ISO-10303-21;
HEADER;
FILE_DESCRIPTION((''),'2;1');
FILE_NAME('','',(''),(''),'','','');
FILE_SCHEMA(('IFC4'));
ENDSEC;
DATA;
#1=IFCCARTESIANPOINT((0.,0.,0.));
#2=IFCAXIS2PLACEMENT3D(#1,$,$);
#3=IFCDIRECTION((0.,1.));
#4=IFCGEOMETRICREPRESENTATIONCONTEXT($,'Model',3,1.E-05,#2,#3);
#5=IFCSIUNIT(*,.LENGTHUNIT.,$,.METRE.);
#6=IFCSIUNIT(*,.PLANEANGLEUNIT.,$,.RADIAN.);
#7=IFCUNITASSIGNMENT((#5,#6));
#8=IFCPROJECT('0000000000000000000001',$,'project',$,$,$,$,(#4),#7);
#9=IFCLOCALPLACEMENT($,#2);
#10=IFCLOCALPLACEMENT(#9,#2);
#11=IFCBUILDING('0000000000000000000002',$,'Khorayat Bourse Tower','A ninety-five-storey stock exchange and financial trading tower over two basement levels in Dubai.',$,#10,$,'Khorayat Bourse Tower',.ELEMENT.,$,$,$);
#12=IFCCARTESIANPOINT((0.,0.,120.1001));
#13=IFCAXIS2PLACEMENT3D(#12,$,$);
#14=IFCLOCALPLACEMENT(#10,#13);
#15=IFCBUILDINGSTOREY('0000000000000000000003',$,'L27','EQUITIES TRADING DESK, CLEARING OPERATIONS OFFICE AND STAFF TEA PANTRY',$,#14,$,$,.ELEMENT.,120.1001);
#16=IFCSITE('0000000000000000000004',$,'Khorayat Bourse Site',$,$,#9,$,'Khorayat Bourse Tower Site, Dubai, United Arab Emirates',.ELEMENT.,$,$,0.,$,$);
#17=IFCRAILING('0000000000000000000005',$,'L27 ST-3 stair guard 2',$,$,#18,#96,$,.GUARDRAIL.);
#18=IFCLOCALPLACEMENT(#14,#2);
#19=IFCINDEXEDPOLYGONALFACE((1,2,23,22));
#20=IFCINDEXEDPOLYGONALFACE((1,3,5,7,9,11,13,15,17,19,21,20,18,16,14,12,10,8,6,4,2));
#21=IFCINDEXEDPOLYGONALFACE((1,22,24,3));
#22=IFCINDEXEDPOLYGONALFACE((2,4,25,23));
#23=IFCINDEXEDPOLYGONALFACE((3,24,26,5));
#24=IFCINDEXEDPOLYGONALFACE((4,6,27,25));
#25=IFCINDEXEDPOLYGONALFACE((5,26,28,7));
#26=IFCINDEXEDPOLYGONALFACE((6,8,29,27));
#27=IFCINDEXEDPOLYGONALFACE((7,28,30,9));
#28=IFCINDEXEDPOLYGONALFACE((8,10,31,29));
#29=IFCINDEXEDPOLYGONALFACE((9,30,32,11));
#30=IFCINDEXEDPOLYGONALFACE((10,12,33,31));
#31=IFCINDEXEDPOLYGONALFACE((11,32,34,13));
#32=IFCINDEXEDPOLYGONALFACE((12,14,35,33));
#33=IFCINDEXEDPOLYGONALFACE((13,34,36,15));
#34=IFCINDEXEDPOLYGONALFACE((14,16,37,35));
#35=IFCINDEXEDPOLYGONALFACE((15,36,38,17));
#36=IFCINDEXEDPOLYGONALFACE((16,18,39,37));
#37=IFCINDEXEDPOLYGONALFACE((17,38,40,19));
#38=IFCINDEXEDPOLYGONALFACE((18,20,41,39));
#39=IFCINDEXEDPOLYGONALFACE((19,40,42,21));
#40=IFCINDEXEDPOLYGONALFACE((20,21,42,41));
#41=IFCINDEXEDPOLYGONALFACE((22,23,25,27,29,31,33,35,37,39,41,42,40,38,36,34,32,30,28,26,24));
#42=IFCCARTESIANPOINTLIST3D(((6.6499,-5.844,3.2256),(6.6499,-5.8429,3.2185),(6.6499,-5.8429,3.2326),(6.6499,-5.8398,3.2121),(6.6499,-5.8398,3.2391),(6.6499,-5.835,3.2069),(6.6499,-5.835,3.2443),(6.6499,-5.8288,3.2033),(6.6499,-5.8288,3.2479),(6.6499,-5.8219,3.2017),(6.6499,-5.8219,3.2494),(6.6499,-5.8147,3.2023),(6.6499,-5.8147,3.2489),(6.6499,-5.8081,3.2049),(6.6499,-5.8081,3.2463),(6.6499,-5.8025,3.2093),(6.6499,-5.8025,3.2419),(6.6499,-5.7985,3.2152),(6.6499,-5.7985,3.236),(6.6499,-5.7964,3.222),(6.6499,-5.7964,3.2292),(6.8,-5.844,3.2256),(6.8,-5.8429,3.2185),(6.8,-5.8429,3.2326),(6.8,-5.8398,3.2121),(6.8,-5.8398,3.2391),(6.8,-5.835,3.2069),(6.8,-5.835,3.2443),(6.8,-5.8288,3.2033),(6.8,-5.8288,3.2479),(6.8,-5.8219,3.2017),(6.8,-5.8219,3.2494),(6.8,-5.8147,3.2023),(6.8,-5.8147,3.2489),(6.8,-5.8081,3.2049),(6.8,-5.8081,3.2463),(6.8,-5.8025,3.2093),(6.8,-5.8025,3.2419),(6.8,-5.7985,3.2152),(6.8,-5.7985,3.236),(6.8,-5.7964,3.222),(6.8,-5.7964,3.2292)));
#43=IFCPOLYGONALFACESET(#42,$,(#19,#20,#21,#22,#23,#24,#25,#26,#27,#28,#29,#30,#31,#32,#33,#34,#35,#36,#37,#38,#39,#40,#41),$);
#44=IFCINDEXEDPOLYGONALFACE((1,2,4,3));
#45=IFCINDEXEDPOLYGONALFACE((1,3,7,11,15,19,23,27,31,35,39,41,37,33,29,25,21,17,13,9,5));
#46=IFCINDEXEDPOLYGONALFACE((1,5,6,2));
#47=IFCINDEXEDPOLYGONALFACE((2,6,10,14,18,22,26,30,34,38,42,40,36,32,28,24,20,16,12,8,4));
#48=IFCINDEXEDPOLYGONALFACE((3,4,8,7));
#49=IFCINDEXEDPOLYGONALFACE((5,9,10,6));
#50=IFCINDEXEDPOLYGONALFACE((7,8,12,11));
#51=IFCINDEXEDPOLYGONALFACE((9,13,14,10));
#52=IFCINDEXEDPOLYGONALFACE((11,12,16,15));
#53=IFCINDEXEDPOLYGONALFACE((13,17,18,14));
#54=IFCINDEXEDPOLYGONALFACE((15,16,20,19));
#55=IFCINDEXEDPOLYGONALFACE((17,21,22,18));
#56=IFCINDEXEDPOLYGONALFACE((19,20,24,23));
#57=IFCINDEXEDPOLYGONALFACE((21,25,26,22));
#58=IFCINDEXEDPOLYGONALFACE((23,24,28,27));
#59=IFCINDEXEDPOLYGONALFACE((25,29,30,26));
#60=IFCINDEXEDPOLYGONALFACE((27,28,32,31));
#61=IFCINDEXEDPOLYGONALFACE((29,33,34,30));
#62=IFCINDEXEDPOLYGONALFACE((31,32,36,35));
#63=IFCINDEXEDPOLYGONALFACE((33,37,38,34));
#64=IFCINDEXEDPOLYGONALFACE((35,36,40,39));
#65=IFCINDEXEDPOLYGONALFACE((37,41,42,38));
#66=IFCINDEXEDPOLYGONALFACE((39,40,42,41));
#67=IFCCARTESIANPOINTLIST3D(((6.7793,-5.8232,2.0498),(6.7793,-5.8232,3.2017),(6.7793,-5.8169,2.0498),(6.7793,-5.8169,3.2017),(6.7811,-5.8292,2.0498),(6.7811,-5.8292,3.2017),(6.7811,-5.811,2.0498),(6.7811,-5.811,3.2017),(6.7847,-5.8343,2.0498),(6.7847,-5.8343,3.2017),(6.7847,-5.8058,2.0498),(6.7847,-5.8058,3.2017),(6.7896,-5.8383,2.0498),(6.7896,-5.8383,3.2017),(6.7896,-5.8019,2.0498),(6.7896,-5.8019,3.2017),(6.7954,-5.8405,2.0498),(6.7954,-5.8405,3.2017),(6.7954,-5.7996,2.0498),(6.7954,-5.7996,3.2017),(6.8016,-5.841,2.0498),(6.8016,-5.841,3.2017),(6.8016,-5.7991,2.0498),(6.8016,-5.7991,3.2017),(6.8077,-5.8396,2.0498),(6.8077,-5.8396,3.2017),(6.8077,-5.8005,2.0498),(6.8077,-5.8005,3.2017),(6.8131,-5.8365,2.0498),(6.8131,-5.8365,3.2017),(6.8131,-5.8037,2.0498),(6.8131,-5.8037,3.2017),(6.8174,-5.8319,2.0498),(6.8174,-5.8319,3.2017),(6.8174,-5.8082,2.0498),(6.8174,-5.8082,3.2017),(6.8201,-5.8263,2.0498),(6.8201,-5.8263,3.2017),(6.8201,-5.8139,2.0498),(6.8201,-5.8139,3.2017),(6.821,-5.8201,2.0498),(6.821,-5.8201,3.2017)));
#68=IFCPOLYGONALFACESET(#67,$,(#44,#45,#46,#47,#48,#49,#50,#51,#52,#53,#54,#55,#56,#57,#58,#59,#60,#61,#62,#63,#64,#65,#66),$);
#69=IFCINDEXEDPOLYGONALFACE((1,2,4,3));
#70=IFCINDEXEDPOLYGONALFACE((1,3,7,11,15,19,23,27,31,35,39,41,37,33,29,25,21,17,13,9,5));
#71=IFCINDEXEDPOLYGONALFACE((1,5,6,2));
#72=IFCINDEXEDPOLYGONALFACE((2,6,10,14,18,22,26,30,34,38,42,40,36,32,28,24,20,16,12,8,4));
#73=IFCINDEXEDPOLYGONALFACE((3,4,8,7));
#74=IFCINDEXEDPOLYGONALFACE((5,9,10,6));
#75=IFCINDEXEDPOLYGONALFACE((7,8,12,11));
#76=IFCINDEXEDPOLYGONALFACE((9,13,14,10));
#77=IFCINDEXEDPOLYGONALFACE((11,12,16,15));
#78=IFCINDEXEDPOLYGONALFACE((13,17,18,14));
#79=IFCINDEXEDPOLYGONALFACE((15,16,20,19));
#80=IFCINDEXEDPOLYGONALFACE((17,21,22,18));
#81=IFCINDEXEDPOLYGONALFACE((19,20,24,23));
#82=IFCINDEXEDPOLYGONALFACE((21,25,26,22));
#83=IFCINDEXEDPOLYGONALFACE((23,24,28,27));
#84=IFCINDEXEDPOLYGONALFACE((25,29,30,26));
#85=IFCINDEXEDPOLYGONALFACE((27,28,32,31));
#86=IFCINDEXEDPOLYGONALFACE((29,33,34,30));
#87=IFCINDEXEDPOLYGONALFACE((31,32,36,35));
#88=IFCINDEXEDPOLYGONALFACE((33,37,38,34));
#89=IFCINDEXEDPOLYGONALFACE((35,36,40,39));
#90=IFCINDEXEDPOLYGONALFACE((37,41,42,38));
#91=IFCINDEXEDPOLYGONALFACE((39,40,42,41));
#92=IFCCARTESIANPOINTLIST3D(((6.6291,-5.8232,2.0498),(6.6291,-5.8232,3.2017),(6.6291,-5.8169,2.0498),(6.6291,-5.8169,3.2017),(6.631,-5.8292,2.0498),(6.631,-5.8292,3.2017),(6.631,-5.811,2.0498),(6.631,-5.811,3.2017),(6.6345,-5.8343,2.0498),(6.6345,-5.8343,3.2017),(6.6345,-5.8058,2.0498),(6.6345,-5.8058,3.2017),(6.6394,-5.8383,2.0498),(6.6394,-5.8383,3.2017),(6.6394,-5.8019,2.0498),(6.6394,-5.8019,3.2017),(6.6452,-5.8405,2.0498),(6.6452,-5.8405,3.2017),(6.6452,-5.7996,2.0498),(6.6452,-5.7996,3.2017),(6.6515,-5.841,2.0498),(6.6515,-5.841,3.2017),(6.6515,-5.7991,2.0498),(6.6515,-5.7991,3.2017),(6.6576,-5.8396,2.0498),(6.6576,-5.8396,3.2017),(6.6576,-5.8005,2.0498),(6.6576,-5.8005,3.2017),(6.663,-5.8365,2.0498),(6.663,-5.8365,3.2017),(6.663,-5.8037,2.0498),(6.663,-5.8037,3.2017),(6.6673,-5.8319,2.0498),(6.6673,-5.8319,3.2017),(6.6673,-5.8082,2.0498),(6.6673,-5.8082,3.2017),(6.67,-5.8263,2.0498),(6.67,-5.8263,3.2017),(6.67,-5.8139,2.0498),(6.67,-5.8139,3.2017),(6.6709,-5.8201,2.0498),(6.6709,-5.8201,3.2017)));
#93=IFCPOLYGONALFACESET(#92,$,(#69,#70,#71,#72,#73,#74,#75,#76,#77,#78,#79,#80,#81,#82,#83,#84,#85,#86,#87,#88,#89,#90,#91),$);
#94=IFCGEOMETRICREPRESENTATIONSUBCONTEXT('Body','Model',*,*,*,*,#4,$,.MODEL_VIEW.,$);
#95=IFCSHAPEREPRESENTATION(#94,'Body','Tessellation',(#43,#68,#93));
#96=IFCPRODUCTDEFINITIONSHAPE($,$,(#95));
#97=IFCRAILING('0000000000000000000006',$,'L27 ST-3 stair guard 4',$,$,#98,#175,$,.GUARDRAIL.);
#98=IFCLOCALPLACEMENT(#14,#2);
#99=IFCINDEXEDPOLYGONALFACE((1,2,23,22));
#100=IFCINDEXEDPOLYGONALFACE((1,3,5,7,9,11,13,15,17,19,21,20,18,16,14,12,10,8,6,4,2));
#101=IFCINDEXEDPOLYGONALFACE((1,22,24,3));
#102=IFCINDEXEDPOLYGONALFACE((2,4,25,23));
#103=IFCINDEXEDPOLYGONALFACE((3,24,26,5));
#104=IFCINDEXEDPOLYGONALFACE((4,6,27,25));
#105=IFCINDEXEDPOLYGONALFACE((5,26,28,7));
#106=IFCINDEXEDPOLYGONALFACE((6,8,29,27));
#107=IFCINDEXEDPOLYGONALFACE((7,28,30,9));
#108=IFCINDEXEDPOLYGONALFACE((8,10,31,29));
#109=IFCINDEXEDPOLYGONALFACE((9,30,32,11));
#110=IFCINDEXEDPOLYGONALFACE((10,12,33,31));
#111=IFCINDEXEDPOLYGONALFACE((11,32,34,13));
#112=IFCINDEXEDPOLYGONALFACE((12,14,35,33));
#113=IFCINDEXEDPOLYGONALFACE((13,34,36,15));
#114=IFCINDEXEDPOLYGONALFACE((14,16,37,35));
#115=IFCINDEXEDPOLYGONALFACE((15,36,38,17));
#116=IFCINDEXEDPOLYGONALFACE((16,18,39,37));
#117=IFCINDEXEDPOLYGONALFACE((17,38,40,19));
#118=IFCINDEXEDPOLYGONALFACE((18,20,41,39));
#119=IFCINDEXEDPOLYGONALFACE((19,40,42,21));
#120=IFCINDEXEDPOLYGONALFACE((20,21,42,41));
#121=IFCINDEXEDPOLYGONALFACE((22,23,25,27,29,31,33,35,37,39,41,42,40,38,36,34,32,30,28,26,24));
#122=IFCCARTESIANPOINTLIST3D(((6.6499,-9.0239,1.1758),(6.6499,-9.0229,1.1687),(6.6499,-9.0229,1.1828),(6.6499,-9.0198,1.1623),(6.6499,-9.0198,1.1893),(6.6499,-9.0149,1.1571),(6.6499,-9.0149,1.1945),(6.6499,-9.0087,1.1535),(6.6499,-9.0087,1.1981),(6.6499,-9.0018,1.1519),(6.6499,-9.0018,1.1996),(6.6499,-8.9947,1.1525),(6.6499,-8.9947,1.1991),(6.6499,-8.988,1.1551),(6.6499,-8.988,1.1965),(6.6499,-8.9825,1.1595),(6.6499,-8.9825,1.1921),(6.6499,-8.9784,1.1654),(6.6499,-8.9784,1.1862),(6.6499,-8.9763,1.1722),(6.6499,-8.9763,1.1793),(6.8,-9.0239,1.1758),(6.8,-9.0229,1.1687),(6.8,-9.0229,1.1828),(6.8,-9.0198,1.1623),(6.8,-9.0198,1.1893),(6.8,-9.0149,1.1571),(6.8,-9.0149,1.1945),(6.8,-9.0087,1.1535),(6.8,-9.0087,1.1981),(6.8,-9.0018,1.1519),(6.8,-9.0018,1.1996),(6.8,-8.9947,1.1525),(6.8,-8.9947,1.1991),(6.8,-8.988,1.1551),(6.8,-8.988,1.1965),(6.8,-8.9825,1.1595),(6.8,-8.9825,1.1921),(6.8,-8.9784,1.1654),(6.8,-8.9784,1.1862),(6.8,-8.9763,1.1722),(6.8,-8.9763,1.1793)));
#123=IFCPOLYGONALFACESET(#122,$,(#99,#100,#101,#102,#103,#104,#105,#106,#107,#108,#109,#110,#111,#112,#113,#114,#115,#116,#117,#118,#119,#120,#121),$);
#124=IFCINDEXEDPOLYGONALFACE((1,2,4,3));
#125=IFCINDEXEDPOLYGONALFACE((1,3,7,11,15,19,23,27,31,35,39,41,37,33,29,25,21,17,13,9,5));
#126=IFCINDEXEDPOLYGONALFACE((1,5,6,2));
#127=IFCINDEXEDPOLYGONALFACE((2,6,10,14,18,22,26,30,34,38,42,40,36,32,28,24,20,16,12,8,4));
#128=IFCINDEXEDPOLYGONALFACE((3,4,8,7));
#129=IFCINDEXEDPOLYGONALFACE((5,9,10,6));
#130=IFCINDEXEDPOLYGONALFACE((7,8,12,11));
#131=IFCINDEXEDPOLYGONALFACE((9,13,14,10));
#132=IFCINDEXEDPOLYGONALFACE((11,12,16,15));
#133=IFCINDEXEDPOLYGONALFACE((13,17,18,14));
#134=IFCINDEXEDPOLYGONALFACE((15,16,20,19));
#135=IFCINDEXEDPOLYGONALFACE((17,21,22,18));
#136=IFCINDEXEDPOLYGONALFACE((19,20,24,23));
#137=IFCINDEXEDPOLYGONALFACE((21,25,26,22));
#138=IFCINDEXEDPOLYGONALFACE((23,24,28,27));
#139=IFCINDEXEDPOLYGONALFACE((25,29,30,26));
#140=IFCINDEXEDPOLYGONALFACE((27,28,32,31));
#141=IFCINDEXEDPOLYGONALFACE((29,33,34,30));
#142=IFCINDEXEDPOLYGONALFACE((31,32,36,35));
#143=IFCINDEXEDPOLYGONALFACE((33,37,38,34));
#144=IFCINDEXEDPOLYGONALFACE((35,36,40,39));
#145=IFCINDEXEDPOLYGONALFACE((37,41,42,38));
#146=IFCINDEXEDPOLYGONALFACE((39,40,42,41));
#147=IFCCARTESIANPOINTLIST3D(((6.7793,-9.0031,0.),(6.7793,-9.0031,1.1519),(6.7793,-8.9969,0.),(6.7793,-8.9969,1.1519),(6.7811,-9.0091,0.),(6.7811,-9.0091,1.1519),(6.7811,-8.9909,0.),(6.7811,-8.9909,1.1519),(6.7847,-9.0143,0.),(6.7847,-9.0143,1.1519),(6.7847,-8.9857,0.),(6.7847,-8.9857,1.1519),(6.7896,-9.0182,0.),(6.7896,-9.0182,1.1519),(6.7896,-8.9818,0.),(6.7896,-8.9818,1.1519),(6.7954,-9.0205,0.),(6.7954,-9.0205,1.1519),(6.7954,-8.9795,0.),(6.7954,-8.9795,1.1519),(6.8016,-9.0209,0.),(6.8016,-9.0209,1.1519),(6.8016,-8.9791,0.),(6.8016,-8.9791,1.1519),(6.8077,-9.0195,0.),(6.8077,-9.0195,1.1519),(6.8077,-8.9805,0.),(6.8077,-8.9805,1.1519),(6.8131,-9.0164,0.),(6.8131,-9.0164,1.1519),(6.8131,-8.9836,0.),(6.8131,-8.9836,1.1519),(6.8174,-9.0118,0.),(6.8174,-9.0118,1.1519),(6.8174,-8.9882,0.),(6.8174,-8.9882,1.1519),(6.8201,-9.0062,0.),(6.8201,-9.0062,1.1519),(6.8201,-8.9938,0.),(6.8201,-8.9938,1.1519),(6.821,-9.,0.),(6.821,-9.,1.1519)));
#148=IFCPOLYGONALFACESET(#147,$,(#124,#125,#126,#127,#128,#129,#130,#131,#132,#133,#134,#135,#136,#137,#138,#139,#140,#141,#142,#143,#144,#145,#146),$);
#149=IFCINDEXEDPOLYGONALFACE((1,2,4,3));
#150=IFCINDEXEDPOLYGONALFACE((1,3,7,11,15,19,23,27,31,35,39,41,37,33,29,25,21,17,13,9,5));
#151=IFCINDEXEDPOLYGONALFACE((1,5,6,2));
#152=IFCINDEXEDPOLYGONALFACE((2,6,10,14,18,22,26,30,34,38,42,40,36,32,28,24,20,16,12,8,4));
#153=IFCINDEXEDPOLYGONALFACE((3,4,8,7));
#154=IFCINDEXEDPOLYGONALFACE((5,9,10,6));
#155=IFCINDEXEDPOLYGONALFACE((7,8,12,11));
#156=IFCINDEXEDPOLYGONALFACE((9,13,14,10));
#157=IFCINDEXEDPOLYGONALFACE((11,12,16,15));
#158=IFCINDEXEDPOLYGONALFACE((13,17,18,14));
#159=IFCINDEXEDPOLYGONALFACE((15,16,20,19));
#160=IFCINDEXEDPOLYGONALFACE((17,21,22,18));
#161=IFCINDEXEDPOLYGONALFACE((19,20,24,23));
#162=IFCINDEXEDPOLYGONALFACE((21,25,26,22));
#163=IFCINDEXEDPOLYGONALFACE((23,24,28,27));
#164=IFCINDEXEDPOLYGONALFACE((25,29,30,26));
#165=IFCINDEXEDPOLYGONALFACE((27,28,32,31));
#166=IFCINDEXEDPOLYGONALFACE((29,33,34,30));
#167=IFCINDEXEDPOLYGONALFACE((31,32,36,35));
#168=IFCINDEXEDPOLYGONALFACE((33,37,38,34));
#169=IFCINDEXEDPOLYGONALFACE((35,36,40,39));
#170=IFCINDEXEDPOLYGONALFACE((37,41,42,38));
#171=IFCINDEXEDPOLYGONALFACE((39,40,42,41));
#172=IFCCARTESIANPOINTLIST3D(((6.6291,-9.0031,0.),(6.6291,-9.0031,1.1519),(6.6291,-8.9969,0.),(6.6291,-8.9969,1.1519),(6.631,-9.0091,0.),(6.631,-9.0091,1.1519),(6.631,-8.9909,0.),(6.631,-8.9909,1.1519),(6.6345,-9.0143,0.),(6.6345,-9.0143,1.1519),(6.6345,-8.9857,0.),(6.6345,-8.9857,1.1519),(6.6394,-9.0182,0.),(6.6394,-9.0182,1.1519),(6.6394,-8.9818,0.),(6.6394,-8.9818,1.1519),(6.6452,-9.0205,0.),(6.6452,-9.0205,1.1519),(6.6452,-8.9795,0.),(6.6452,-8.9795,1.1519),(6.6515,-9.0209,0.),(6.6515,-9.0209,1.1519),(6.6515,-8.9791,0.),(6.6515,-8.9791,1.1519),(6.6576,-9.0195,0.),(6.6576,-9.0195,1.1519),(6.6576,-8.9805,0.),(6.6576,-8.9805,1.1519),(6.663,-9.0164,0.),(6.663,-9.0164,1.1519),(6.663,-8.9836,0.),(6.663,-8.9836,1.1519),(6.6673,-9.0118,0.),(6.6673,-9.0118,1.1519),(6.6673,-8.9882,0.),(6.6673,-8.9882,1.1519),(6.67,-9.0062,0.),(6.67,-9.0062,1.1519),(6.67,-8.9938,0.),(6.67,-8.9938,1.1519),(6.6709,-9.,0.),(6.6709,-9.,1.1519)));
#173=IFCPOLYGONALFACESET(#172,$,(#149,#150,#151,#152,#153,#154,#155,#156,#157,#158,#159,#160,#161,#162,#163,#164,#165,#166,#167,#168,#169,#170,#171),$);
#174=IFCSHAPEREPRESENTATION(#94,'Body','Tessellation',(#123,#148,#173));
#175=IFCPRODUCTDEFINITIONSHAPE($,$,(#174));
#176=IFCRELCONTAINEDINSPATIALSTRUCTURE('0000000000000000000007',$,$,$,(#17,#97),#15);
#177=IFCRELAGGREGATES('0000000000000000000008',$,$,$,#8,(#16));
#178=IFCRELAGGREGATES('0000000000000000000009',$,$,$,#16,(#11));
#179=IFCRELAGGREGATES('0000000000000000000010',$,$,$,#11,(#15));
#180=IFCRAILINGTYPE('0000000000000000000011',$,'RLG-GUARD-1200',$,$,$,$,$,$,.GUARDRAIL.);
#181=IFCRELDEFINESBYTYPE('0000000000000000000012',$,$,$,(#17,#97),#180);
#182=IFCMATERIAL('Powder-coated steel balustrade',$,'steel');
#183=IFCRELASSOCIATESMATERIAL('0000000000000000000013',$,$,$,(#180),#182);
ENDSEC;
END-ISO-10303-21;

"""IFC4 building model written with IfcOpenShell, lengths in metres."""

from ifc_helpers import new_model, si_unit, direction, frame, origin, origin_2d, place, context, subcontext, project, spatial, circle, extrude, source, transform, mapped, material, type_object, element, save


model = new_model("IFC4")

# Units and contexts
model_context = context("Model", 3, precision=1e-05, world=origin(), true_north=direction((0.0, 1.0)))
body_context = subcontext(model_context, "Body", "Model", "MODEL_VIEW")
ifc_project = project(units=[si_unit("LENGTHUNIT", "METRE"), si_unit("PLANEANGLEUNIT", "RADIAN")], contexts=[model_context])

# Site, building, storey
site_placement = place(None, origin())
site = spatial("IfcSite", under=ifc_project, at=site_placement, Name="Khorayat Bourse Site", LongName="Khorayat Bourse Tower Site, Dubai, United Arab Emirates", CompositionType="ELEMENT", RefElevation=0.0)
building_placement = place(site_placement, origin())
building = spatial("IfcBuilding", under=site, at=building_placement, Name="Khorayat Bourse Tower", Description="A ninety-five-storey stock exchange and financial trading tower over two basement levels in Dubai.", LongName="Khorayat Bourse Tower", CompositionType="ELEMENT")
storey_placement = place(building_placement, frame((0.0, 0.0, 120.1001)))
storey = spatial("IfcBuildingStorey", under=building, at=storey_placement, Name="L27", Description="EQUITIES TRADING DESK, CLEARING OPERATIONS OFFICE AND STAFF TEA PANTRY", CompositionType="ELEMENT", Elevation=120.1001)

# Railings
ifc_material_1 = material(Name="Powder-coated steel balustrade", Category="steel")
railing_type_1 = type_object("IfcRailingType", Name="RLG-GUARD-1200", PredefinedType="GUARDRAIL", material=ifc_material_1)
shared_shape_1 = source(origin(), body_context, "Body", "SweptSolid", [
    extrude(circle(Radius=0.0239, at=origin_2d()), frame((0.0, 0.0, 1.1758), z_axis=(-1.0, 0.0, 0.0), x_axis=(0.0, -1.0, 0.0)), (0.0, 0.0, 1.0), 0.1501),
    extrude(circle(Radius=0.021, at=origin_2d()), origin(), (0.0, 0.0, 1.0), 1.1519),
    extrude(circle(Radius=0.021, at=origin_2d()), frame((-0.1501, 0.0, 0.0)), (0.0, 0.0, 1.0), 1.1519),
])
for number, where, name in (
    (1, (6.8, -5.8201, 2.0498), "L27 ST-3 stair guard 2"),
    (2, (6.8, -9.0, 0.0), "L27 ST-3 stair guard 4"),
):
    element("IfcRailing", number, at=place(storey_placement, frame(where)), inside=storey, type_object=railing_type_1, Name=name, PredefinedType="GUARDRAIL", context=body_context, shape_type="MappedRepresentation", body=[
        mapped(shared_shape_1, transform((0.0, 0.0, 0.0), scale=1.0)),
    ])

save(model, "model.ifc")
